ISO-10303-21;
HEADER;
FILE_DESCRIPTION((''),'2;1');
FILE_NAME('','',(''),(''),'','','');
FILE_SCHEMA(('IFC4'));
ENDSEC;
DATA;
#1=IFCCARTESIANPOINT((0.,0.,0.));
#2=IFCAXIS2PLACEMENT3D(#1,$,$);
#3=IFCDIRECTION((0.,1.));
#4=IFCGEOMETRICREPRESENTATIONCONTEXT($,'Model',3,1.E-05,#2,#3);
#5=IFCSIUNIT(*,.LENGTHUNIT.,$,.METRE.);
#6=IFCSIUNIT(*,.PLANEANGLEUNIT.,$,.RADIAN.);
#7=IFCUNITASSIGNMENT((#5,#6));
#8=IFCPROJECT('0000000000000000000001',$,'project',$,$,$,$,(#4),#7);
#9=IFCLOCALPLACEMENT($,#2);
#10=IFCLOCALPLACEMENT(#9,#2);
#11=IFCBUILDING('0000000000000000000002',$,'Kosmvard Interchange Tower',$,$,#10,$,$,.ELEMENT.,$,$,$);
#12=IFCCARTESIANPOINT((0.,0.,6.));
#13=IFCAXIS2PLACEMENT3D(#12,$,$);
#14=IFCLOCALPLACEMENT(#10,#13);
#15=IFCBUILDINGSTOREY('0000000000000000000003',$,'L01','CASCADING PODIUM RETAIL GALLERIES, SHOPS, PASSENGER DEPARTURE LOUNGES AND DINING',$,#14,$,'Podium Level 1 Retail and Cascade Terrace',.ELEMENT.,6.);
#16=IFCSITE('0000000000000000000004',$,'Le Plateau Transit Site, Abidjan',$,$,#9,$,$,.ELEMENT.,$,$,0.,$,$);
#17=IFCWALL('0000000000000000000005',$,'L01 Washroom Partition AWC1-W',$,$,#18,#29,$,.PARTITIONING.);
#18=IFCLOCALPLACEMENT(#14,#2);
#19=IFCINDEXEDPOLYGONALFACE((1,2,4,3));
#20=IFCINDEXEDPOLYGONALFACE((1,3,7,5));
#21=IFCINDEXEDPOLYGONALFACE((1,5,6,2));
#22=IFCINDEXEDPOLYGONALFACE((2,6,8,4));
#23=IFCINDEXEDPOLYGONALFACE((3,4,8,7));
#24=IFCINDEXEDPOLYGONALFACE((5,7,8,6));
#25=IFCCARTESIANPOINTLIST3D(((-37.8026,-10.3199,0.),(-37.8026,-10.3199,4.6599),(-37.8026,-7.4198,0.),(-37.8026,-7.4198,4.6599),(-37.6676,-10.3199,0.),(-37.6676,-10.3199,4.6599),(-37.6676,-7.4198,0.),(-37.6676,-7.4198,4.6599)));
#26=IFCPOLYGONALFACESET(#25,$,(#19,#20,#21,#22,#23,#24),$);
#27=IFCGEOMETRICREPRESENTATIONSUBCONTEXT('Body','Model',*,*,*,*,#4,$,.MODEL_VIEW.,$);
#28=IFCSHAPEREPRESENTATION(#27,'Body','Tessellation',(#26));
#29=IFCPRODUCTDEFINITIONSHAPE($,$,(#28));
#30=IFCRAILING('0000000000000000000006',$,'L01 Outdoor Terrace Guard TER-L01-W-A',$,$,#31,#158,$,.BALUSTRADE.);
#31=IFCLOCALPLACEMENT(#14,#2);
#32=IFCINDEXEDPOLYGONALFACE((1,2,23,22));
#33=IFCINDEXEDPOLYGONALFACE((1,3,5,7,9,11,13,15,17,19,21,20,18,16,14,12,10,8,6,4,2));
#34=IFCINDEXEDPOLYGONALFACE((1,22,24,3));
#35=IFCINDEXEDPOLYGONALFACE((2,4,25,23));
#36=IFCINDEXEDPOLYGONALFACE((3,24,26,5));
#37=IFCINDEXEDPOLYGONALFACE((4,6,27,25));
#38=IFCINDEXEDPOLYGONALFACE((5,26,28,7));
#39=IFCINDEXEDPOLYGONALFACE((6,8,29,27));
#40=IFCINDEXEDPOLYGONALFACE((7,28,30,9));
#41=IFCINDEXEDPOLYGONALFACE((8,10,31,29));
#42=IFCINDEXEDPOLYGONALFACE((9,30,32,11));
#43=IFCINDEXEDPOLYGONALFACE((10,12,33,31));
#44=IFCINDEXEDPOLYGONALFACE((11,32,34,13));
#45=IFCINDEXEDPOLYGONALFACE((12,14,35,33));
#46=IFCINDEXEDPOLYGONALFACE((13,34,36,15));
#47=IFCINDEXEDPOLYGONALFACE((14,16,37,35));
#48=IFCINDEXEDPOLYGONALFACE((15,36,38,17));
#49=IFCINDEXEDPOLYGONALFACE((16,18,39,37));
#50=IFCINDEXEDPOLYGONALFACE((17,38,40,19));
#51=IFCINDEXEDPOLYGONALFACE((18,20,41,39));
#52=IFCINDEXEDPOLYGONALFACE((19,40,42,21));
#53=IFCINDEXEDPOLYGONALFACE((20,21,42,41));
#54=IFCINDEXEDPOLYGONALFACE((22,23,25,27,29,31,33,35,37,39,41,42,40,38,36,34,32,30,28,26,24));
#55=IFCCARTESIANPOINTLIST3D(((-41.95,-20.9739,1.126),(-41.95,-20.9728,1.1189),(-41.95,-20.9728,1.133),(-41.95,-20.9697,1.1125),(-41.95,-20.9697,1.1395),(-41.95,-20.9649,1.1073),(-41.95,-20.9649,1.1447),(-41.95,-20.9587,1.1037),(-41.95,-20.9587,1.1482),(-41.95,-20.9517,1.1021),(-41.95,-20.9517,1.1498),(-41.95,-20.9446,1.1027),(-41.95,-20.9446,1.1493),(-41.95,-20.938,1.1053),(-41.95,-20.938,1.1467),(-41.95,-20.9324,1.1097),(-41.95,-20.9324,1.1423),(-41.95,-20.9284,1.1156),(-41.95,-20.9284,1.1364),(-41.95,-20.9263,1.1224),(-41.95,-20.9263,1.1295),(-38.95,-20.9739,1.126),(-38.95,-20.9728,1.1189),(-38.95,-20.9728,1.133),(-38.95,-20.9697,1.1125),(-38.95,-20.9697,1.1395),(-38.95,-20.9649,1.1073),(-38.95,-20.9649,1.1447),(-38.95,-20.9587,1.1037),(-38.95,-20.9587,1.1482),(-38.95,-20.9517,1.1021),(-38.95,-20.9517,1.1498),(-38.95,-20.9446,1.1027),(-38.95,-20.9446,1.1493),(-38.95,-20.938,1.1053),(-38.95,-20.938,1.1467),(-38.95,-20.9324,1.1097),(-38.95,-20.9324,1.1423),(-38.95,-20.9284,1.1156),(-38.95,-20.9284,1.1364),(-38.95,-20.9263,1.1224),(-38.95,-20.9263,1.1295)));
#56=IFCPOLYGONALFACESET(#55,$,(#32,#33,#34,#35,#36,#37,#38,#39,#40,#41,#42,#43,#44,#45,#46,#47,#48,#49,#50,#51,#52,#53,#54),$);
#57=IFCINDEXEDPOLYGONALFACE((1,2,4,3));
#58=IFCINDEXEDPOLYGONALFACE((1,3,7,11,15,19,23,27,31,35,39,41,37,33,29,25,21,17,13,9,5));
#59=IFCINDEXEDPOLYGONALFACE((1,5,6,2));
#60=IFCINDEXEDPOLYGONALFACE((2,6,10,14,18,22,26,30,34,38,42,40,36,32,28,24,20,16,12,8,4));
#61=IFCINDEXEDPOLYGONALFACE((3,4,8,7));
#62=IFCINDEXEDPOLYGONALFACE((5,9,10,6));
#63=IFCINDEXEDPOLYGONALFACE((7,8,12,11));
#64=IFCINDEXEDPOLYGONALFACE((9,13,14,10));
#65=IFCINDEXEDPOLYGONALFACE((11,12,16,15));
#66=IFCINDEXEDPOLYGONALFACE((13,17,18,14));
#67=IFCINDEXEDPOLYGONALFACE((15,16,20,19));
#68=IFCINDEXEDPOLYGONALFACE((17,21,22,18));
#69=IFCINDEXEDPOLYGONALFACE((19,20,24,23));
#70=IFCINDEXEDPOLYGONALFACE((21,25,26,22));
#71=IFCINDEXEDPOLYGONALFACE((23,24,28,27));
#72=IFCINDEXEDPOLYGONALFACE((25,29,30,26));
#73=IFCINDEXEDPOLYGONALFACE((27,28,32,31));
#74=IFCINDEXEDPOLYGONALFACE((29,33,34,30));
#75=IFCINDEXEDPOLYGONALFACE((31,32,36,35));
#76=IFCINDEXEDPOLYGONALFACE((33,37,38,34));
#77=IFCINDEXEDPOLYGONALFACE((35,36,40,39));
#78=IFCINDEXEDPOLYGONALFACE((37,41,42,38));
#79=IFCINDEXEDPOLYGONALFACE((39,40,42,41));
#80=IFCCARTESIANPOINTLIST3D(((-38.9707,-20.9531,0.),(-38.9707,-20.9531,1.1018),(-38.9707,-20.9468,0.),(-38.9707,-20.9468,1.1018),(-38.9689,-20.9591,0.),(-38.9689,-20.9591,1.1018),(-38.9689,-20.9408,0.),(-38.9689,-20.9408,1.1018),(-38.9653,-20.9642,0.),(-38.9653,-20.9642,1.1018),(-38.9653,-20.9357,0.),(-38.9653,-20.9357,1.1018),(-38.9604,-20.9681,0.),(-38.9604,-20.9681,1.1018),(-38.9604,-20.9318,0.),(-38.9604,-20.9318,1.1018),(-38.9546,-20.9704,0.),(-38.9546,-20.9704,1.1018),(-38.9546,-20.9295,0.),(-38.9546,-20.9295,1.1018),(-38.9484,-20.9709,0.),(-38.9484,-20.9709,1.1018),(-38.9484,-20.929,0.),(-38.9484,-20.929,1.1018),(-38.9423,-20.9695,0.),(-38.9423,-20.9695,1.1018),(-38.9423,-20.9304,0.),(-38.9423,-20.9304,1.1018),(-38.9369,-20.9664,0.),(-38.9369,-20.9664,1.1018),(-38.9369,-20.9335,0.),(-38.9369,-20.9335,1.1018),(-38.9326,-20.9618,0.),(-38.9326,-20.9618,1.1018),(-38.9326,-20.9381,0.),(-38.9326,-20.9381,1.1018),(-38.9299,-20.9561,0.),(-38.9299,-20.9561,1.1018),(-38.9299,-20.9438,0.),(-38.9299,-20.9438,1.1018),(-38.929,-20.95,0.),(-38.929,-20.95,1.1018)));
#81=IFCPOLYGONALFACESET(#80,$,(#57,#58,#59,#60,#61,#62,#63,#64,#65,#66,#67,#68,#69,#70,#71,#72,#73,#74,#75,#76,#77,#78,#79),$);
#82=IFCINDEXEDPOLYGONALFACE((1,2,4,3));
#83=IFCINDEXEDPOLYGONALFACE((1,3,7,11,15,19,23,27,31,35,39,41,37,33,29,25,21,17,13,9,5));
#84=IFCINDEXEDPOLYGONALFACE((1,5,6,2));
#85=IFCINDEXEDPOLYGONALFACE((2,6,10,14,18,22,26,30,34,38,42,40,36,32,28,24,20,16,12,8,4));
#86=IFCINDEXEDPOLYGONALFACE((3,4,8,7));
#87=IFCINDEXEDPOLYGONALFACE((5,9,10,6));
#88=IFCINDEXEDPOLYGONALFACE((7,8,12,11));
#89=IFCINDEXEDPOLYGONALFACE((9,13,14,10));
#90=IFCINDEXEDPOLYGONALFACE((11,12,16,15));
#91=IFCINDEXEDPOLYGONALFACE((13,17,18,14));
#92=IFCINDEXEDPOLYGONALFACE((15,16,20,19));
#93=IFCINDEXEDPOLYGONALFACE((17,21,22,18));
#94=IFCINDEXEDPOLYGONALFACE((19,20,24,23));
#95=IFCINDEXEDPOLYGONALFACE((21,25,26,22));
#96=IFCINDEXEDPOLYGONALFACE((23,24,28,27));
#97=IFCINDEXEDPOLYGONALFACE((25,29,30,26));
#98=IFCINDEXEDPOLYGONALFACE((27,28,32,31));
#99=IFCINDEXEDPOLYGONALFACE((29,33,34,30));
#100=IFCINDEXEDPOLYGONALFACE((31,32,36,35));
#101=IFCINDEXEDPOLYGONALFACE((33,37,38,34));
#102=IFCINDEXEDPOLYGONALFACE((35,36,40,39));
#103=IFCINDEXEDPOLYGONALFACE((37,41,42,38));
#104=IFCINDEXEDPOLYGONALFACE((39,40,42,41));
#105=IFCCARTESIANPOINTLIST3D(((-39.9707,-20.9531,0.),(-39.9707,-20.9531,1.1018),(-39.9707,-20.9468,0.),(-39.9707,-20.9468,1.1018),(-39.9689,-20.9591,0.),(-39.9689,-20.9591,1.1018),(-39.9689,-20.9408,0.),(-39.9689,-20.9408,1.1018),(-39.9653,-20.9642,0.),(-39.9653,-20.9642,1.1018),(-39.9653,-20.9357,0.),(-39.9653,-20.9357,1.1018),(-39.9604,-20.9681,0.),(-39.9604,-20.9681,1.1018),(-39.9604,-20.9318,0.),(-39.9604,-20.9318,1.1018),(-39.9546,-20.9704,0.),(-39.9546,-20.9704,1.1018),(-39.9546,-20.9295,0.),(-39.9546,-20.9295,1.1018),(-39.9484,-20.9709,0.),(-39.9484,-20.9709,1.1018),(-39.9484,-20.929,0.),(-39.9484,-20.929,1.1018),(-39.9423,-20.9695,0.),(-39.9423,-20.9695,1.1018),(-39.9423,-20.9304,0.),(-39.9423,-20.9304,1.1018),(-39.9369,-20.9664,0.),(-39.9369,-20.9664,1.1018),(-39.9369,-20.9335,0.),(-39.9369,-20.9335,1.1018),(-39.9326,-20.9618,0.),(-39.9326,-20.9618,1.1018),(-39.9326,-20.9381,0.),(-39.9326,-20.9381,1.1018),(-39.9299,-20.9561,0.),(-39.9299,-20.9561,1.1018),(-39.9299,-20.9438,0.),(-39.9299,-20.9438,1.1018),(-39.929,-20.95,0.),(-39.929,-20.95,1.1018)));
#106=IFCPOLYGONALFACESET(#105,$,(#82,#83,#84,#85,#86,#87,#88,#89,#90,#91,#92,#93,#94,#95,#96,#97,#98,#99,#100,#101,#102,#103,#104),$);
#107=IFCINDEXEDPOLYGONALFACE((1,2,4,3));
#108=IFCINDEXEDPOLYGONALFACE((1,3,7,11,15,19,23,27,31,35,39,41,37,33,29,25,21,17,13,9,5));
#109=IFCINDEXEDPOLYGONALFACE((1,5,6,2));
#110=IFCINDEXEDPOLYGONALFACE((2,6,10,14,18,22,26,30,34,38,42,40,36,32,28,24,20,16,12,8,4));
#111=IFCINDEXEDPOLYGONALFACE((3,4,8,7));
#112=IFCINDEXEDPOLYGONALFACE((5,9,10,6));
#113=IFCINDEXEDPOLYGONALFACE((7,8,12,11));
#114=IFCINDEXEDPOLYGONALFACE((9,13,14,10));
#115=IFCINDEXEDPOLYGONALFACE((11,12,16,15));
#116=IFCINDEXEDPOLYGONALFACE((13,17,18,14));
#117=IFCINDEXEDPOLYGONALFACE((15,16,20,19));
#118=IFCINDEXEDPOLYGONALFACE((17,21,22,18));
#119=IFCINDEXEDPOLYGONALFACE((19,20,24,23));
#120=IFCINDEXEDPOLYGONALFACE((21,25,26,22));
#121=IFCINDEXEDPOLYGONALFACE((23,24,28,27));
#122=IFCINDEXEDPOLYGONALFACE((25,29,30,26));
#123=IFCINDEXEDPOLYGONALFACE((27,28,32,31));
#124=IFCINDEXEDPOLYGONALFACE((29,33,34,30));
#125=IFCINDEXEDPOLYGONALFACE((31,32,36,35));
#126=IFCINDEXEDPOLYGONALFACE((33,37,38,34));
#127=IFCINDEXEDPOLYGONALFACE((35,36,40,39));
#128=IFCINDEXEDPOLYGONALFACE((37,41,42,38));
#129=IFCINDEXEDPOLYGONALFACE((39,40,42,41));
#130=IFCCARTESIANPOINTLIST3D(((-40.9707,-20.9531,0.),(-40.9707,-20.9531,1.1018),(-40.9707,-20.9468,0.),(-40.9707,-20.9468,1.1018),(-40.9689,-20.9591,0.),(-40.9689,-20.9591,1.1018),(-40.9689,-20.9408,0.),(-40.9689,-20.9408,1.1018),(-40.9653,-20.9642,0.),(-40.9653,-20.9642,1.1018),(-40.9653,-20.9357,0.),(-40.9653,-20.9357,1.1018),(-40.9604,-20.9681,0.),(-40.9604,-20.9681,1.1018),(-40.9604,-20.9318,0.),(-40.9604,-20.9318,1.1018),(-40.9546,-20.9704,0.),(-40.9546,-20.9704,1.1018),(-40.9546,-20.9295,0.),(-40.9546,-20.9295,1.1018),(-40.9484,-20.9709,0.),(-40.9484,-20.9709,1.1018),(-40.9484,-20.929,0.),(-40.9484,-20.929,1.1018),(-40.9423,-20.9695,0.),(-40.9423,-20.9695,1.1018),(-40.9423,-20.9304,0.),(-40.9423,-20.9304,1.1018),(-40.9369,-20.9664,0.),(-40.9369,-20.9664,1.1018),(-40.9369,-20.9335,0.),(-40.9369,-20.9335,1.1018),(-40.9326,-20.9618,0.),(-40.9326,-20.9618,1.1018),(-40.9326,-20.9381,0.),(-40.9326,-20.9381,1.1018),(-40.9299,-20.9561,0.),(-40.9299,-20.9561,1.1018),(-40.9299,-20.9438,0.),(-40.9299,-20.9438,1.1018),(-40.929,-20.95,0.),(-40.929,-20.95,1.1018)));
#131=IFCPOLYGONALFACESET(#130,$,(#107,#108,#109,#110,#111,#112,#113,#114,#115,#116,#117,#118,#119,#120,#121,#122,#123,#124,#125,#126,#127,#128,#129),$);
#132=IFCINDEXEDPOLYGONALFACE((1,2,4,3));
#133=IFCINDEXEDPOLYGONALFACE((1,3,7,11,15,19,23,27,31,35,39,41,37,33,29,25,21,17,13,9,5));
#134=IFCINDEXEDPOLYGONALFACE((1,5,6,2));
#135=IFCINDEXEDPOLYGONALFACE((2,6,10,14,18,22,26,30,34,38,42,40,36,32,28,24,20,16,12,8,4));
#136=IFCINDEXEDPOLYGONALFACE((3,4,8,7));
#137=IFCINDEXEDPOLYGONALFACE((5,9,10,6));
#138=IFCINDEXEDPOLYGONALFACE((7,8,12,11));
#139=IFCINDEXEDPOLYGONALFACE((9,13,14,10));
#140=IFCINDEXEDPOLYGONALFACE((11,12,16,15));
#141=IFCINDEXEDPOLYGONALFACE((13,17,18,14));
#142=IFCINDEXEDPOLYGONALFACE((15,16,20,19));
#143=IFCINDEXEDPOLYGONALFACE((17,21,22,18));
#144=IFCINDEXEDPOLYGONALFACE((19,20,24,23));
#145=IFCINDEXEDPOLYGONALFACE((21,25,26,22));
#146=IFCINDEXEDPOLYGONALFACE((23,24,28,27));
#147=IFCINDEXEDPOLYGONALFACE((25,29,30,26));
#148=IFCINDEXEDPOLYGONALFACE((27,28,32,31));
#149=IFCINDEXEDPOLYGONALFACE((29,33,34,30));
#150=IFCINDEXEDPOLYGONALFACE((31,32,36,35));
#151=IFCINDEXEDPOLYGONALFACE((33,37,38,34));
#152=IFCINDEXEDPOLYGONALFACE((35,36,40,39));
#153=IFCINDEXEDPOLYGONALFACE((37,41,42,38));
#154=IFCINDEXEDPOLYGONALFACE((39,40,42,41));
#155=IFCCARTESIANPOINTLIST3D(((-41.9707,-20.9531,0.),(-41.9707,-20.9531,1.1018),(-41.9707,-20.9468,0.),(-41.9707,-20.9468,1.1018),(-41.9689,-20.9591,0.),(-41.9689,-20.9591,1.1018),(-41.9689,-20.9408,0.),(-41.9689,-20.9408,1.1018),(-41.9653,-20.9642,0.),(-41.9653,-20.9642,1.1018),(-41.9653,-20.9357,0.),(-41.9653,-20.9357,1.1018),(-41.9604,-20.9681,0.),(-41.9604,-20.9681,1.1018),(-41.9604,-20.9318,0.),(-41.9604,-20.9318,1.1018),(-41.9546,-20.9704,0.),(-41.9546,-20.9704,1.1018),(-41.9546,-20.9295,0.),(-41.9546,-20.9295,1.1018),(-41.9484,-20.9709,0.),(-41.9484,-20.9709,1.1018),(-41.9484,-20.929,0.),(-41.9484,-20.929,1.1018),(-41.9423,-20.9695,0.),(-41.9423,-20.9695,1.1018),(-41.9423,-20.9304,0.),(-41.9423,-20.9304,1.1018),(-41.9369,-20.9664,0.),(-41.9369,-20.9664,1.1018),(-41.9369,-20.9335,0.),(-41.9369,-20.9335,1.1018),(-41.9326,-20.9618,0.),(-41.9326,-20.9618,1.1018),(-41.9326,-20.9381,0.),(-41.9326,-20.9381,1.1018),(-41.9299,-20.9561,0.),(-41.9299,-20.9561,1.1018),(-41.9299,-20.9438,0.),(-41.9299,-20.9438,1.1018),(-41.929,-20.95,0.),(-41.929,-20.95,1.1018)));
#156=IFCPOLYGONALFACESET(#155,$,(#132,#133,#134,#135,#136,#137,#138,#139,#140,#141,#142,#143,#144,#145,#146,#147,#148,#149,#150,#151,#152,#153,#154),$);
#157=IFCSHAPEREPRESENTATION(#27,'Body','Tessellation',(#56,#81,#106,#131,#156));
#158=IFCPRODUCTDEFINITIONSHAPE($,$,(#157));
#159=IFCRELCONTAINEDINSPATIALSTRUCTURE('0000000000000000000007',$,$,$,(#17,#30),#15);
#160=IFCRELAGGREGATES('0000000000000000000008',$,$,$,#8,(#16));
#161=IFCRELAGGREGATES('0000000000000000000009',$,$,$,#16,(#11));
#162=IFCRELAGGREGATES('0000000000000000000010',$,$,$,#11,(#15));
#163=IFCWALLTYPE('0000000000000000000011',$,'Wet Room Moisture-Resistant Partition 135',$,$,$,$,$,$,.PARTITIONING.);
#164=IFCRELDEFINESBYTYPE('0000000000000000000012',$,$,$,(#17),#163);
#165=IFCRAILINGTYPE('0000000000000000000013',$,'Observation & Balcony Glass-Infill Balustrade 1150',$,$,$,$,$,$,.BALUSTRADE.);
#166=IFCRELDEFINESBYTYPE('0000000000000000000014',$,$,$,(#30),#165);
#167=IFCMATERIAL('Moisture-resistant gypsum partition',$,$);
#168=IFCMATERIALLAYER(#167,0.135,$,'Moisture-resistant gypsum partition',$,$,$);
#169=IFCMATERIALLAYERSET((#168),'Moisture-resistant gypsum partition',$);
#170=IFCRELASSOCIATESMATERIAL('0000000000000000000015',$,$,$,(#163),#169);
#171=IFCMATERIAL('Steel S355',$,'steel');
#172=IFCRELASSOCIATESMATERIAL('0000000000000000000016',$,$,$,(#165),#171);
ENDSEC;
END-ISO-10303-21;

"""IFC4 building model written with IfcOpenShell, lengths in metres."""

from ifc_helpers import new_model, si_unit, direction, frame, frame_2d, origin, origin_2d, place, context, subcontext, project, spatial, rectangle, circle, extrude, source, transform, mapped, material, layer, layer_set, type_object, element, save


model = new_model("IFC4")

# Units and contexts
model_context = context("Model", 3, precision=1e-05, world=origin(), true_north=direction((0.0, 1.0)))
body_context = subcontext(model_context, "Body", "Model", "MODEL_VIEW")
ifc_project = project(units=[si_unit("LENGTHUNIT", "METRE"), si_unit("PLANEANGLEUNIT", "RADIAN")], contexts=[model_context])

# Site, building, storey
site_placement = place(None, origin())
site = spatial("IfcSite", under=ifc_project, at=site_placement, Name="Le Plateau Transit Site, Abidjan", CompositionType="ELEMENT", RefElevation=0.0)
building_placement = place(site_placement, origin())
building = spatial("IfcBuilding", under=site, at=building_placement, Name="Kosmvard Interchange Tower", CompositionType="ELEMENT")
storey_placement = place(building_placement, frame((0.0, 0.0, 6.0)))
storey = spatial("IfcBuildingStorey", under=building, at=storey_placement, Name="L01", Description="CASCADING PODIUM RETAIL GALLERIES, SHOPS, PASSENGER DEPARTURE LOUNGES AND DINING", LongName="Podium Level 1 Retail and Cascade Terrace", CompositionType="ELEMENT", Elevation=6.0)

# Wall
ifc_material_1 = material(Name="Moisture-resistant gypsum partition")
ifc_layer_1 = layer(ifc_material_1, 0.135, Name="Moisture-resistant gypsum partition")
ifc_layer_set_1 = layer_set([ifc_layer_1], Name="Moisture-resistant gypsum partition")
wall_type_1 = type_object("IfcWallType", Name="Wet Room Moisture-Resistant Partition 135", PredefinedType="PARTITIONING", material=ifc_layer_set_1)
for number, where, z_axis, x_axis, name in (
    (1, (-37.7351, -10.3201, 0.0), (0.0, 0.0, 1.0), (0.0, 1.0, 0.0), "L01 Washroom Partition AWC1-W"),
):
    element("IfcWall", number, at=place(storey_placement, frame(where, z_axis=z_axis, x_axis=x_axis)), inside=storey, type_object=wall_type_1, Name=name, PredefinedType="PARTITIONING", context=body_context, shape_type="SweptSolid", body=[
        extrude(rectangle(XDim=2.9001, YDim=0.135, at=frame_2d((1.4502, 0.0))), origin(), (0.0, 0.0, 1.0), 4.6599),
    ])

# Railing
ifc_material_2 = material(Name="Steel S355", Category="steel")
railing_type = type_object("IfcRailingType", Name="Observation & Balcony Glass-Infill Balustrade 1150", PredefinedType="BALUSTRADE", material=ifc_material_2)
shared_shape_1 = source(origin(), body_context, "Body", "SweptSolid", [
    extrude(circle(Radius=0.0239, at=origin_2d()), frame((0.0, 0.0, 1.126), z_axis=(-1.0, 0.0, 0.0), x_axis=(0.0, -1.0, 0.0)), (0.0, 0.0, 1.0), 3.0),
    extrude(circle(Radius=0.021, at=origin_2d()), origin(), (0.0, 0.0, 1.0), 1.1018),
    extrude(circle(Radius=0.021, at=origin_2d()), frame((-1.0, 0.0, 0.0)), (0.0, 0.0, 1.0), 1.1018),
    extrude(circle(Radius=0.021, at=origin_2d()), frame((-2.0, 0.0, 0.0)), (0.0, 0.0, 1.0), 1.1018),
    extrude(circle(Radius=0.021, at=origin_2d()), frame((-3.0, 0.0, 0.0)), (0.0, 0.0, 1.0), 1.1018),
])
railing_1_placement = place(storey_placement, frame((-38.95, -20.95, 0.0)))
element("IfcRailing", 2, at=railing_1_placement, inside=storey, type_object=railing_type, Name="L01 Outdoor Terrace Guard TER-L01-W-A", PredefinedType="BALUSTRADE", context=body_context, shape_type="MappedRepresentation", body=[
    mapped(shared_shape_1, transform((0.0, 0.0, 0.0), scale=1.0)),
])

save(model, "model.ifc")
